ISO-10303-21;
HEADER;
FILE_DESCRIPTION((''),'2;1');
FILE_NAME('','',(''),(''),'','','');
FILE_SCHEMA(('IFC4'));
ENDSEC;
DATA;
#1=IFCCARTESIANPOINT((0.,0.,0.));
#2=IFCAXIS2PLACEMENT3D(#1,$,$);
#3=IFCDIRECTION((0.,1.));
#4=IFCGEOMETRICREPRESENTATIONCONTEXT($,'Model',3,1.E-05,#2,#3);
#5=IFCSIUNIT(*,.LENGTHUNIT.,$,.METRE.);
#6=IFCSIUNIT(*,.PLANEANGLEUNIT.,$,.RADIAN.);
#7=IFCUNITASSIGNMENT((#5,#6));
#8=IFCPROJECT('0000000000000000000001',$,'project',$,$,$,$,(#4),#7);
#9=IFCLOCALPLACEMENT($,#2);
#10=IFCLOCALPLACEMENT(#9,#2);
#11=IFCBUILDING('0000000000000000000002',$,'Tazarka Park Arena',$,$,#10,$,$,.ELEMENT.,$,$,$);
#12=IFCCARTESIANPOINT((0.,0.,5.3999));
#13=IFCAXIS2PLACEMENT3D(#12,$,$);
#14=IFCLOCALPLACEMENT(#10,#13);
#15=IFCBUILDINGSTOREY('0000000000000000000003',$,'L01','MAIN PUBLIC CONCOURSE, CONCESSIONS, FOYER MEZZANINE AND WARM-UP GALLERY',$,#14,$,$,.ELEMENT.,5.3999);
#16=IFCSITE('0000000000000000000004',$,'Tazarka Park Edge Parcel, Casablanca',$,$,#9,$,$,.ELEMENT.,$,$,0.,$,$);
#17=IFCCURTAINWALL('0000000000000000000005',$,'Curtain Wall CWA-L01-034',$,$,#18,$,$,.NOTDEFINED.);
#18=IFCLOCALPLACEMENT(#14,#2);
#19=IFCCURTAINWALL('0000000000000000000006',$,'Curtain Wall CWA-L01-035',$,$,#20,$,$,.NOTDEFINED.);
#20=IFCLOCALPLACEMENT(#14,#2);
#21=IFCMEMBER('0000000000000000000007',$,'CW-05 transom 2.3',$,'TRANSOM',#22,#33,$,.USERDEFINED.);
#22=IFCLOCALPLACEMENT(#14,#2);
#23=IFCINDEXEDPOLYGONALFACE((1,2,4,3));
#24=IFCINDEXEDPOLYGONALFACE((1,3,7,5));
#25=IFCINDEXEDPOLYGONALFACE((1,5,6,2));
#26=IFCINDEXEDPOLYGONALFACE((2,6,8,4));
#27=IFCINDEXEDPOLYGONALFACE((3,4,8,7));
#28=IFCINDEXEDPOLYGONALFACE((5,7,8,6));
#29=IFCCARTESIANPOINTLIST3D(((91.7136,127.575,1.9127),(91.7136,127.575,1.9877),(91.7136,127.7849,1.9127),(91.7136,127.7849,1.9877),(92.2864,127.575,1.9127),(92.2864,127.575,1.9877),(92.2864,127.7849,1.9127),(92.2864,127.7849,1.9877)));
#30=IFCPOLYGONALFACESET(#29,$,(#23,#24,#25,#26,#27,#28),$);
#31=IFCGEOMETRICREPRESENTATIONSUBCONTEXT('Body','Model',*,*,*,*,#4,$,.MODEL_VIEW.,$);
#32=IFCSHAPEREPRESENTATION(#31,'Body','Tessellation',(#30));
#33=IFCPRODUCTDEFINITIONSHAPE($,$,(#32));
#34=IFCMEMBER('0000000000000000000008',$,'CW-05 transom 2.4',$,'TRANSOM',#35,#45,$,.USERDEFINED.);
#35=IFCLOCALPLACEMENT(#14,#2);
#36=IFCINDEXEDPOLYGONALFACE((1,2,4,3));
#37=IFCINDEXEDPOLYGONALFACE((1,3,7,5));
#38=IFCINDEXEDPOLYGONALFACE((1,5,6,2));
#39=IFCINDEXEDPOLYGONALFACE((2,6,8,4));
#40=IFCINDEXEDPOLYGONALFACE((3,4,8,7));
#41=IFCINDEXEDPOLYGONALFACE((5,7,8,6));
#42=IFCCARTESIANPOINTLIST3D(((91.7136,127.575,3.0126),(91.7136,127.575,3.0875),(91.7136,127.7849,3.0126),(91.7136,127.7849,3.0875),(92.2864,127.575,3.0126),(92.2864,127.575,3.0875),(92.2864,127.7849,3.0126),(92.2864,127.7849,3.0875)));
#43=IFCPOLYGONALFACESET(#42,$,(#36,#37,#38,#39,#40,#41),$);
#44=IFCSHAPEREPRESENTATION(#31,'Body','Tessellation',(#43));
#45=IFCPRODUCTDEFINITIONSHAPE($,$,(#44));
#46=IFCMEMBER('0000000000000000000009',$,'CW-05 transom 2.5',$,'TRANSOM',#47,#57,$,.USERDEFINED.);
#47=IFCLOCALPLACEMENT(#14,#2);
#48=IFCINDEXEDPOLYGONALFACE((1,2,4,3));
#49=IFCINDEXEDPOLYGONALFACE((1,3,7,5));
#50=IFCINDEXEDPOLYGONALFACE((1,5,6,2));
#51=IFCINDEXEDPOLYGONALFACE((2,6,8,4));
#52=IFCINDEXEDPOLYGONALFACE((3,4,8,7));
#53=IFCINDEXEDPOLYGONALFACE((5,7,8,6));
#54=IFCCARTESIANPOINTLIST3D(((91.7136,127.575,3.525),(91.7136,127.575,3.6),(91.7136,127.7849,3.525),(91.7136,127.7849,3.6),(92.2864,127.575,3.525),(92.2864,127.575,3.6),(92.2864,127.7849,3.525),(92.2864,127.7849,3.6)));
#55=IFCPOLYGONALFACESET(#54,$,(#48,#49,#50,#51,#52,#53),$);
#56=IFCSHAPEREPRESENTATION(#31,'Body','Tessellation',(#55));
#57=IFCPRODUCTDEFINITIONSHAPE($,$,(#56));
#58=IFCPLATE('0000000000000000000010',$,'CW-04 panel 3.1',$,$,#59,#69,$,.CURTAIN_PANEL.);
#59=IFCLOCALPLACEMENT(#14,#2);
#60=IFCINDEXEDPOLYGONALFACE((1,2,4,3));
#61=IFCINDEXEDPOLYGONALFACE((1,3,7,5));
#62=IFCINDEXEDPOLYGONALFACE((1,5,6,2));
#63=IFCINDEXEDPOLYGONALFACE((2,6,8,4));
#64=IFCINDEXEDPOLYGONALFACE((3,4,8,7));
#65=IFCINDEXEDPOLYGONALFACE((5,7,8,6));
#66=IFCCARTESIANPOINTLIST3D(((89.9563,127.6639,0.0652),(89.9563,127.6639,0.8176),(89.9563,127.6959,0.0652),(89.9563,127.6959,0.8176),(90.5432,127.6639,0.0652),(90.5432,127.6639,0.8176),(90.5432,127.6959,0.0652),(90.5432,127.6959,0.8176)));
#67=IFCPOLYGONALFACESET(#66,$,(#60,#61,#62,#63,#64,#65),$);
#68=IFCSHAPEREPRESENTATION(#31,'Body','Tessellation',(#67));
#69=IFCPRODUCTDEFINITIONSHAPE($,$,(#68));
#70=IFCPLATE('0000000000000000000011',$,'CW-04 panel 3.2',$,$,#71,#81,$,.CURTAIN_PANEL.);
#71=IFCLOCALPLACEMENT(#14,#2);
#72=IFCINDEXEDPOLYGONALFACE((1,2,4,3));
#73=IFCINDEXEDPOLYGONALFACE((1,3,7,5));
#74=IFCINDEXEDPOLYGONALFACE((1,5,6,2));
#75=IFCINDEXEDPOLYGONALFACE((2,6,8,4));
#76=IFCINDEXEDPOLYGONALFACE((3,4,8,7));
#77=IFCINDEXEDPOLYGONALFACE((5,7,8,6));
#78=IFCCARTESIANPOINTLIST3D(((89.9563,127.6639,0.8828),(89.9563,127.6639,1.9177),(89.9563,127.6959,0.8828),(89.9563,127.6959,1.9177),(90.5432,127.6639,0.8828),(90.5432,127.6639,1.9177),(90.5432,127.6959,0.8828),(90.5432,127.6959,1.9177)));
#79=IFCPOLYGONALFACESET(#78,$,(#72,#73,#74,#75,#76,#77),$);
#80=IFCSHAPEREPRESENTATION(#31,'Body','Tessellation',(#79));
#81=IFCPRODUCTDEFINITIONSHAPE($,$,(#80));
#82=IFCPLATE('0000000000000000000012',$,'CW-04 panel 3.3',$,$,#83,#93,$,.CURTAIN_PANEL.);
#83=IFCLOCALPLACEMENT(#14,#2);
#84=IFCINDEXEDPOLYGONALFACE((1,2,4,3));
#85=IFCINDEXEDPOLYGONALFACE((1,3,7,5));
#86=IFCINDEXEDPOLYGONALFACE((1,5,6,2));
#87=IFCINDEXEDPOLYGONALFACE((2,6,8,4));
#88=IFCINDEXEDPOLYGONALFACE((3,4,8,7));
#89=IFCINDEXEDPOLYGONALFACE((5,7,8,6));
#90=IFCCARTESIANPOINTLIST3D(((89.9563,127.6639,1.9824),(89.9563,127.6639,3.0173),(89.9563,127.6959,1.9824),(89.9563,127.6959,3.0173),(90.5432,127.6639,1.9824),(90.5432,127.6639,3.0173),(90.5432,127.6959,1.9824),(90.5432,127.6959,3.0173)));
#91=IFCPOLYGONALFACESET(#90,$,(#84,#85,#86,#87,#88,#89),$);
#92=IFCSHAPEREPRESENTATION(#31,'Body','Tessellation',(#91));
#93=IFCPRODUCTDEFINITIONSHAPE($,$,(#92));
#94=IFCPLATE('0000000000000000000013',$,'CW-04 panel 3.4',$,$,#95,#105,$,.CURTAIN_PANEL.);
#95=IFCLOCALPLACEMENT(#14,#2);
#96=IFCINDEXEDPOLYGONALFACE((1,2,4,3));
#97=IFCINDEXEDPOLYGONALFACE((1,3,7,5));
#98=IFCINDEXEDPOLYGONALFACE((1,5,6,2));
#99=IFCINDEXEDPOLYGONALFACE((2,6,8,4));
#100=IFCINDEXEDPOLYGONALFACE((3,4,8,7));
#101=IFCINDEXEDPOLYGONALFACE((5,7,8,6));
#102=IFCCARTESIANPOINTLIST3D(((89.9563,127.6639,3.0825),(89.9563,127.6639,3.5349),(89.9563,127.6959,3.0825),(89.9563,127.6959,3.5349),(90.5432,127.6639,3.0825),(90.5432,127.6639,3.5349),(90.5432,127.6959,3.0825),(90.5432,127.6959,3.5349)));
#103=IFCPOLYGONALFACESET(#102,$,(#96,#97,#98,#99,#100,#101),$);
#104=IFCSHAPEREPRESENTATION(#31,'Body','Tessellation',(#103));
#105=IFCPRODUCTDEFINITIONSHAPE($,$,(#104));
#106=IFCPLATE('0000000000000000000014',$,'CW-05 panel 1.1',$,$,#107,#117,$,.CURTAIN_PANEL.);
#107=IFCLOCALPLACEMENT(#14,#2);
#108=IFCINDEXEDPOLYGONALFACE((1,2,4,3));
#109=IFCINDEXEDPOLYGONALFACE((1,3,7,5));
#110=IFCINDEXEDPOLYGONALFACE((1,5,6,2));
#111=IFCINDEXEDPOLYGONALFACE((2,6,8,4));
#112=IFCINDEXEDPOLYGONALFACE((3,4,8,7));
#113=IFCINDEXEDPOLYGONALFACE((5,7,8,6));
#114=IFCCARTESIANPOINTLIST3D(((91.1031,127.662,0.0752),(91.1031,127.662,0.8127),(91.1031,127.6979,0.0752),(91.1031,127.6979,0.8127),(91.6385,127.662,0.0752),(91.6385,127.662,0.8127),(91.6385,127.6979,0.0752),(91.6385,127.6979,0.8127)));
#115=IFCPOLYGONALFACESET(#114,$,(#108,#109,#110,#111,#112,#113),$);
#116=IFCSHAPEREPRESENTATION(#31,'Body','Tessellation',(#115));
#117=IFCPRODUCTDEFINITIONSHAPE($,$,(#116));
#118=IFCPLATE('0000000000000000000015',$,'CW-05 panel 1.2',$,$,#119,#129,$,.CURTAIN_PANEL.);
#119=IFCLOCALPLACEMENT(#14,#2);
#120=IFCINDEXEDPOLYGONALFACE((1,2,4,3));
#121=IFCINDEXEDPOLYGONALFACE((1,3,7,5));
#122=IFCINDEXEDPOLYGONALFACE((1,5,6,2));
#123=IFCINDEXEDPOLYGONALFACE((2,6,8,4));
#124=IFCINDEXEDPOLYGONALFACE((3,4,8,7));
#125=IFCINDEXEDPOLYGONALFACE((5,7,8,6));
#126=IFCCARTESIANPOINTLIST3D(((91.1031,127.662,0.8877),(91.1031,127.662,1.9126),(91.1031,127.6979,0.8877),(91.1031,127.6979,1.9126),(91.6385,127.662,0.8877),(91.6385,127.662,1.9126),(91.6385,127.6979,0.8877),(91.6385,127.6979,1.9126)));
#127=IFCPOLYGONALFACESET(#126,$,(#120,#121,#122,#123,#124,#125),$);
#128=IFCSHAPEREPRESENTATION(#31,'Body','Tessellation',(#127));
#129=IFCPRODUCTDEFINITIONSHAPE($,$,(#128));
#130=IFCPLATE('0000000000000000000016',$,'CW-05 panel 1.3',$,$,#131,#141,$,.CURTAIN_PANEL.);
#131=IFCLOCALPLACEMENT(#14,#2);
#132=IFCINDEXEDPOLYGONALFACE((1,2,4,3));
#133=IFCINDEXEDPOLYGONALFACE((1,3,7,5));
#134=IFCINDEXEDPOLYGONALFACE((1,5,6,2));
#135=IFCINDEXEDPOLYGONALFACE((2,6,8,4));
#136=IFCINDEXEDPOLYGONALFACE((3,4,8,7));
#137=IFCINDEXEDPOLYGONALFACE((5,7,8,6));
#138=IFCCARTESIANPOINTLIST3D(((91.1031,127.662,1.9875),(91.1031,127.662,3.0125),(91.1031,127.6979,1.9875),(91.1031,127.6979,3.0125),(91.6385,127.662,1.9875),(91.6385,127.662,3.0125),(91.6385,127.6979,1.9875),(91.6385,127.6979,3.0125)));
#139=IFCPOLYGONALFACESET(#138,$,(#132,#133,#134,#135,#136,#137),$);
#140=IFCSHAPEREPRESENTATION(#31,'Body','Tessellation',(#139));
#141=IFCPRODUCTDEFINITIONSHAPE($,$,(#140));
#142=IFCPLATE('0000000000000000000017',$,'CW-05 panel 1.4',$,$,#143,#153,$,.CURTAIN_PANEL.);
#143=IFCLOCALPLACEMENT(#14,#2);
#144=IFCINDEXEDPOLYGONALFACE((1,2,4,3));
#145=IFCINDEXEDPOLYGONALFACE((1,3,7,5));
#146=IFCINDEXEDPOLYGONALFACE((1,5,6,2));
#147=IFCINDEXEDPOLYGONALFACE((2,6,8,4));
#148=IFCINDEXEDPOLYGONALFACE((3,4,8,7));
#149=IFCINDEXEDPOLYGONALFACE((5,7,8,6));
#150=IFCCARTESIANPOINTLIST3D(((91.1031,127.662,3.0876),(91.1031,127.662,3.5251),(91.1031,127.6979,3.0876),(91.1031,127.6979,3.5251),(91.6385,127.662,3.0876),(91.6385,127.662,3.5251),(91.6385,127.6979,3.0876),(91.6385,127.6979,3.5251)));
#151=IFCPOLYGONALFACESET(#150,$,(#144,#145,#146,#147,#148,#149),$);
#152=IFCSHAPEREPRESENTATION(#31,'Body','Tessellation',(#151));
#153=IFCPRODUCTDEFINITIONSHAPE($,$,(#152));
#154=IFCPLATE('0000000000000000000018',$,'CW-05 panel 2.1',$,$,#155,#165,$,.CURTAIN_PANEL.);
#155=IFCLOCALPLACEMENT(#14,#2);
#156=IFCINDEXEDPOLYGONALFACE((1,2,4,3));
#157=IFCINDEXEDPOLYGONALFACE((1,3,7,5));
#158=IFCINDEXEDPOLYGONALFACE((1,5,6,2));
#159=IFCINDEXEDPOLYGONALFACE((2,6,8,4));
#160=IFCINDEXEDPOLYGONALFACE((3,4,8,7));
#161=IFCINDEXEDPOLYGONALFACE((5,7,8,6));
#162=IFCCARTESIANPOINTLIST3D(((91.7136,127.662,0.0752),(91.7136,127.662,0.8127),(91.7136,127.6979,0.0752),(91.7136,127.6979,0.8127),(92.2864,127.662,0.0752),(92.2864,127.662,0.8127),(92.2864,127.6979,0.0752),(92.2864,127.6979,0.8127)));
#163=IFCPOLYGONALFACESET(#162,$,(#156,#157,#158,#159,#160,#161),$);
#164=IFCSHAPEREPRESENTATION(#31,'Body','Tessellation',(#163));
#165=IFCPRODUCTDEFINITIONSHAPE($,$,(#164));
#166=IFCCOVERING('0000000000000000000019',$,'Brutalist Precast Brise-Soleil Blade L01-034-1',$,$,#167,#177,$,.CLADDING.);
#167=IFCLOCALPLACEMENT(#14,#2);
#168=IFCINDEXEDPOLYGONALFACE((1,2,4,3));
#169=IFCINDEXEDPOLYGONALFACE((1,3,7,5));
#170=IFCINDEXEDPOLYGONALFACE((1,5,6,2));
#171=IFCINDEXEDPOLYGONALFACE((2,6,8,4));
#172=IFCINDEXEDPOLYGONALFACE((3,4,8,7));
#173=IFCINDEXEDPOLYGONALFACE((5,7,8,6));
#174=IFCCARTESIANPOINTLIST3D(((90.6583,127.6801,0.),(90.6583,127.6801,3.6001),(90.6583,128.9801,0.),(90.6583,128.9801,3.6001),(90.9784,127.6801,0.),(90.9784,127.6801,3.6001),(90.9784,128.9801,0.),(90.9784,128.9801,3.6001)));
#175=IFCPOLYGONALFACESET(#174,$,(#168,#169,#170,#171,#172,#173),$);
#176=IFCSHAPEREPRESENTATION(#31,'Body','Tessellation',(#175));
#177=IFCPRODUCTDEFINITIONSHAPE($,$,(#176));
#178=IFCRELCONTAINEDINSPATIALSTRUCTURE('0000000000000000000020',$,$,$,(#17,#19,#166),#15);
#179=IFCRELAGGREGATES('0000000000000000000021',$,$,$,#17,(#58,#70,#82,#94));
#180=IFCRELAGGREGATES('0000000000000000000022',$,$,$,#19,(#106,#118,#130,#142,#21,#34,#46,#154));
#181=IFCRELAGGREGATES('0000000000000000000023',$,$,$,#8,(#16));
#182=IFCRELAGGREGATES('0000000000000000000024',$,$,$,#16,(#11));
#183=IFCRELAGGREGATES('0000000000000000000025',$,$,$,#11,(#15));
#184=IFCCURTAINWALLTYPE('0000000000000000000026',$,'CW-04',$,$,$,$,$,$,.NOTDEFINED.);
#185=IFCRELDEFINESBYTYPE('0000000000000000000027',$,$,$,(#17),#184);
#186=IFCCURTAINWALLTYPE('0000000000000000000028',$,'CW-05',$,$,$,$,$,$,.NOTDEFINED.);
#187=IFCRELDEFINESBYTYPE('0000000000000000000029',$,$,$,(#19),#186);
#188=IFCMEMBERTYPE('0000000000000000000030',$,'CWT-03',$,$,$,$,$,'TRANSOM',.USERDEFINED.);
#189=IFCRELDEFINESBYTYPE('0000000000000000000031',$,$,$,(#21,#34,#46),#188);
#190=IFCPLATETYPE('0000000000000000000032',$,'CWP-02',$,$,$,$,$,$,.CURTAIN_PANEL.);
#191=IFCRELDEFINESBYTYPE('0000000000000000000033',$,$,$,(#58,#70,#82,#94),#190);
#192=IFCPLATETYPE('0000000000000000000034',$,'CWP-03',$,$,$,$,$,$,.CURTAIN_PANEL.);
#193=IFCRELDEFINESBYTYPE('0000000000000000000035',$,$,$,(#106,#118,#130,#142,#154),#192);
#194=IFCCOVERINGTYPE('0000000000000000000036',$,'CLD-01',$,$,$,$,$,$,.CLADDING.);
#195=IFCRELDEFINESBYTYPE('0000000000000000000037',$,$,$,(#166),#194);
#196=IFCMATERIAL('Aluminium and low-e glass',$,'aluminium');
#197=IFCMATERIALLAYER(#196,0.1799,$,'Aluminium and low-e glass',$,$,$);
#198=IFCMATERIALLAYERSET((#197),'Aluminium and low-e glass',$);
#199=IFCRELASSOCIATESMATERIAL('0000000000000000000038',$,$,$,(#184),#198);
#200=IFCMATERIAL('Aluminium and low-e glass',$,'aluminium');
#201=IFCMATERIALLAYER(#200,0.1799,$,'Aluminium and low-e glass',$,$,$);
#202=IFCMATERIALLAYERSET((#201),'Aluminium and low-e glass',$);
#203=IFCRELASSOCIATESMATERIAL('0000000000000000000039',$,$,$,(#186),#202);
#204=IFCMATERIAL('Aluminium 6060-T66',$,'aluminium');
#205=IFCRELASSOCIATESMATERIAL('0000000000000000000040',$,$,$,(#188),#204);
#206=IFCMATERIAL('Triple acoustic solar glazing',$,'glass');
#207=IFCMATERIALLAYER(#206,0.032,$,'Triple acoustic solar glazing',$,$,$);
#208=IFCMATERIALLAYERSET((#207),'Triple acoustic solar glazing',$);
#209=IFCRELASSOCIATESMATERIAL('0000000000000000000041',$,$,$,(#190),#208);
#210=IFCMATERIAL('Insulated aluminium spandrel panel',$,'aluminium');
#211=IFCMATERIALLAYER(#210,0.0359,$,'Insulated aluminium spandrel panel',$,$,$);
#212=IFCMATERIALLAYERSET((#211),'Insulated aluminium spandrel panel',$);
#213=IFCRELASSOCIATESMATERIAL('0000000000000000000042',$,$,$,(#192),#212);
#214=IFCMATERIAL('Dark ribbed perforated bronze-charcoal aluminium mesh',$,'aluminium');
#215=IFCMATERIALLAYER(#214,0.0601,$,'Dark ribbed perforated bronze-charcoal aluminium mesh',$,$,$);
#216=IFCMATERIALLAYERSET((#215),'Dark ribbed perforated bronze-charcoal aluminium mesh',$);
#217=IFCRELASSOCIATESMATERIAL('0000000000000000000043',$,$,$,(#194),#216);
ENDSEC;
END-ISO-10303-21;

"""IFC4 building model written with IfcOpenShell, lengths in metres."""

from ifc_helpers import new_model, si_unit, direction, frame, origin, origin_2d, place, context, subcontext, project, spatial, rectangle, extrude, material, layer, layer_set, material_profile, profile_set, type_object, element, aggregate, save


model = new_model("IFC4")

# Units and contexts
model_context = context("Model", 3, precision=1e-05, world=origin(), true_north=direction((0.0, 1.0)))
body_context = subcontext(model_context, "Body", "Model", "MODEL_VIEW")
ifc_project = project(units=[si_unit("LENGTHUNIT", "METRE"), si_unit("PLANEANGLEUNIT", "RADIAN")], contexts=[model_context])

# Site, building, storey
site_placement = place(None, origin())
site = spatial("IfcSite", under=ifc_project, at=site_placement, Name="Tazarka Park Edge Parcel, Casablanca", CompositionType="ELEMENT", RefElevation=0.0)
building_placement = place(site_placement, origin())
building = spatial("IfcBuilding", under=site, at=building_placement, Name="Tazarka Park Arena", CompositionType="ELEMENT")
storey_placement = place(building_placement, frame((0.0, 0.0, 5.3999)))
storey = spatial("IfcBuildingStorey", under=building, at=storey_placement, Name="L01", Description="MAIN PUBLIC CONCOURSE, CONCESSIONS, FOYER MEZZANINE AND WARM-UP GALLERY", CompositionType="ELEMENT", Elevation=5.3999)

# Curtain wall
ifc_material_1 = material(Name="Aluminium and low-e glass", Category="aluminium")
ifc_layer_1 = layer(ifc_material_1, 0.1799, Name="Aluminium and low-e glass")
ifc_layer_set_1 = layer_set([ifc_layer_1], Name="Aluminium and low-e glass")
curtain_wall_type_1 = type_object("IfcCurtainWallType", Name="CW-04", PredefinedType="NOTDEFINED", material=ifc_layer_set_1)
curtain_wall_1_placement = place(storey_placement, origin())
curtain_wall_1 = element("IfcCurtainWall", 1, at=curtain_wall_1_placement, inside=storey, type_object=curtain_wall_type_1, Name="Curtain Wall CWA-L01-034", PredefinedType="NOTDEFINED")

# Curtain wall
ifc_material_2 = material(Name="Aluminium and low-e glass", Category="aluminium")
ifc_layer_2 = layer(ifc_material_2, 0.1799, Name="Aluminium and low-e glass")
ifc_layer_set_2 = layer_set([ifc_layer_2], Name="Aluminium and low-e glass")
curtain_wall_type_2 = type_object("IfcCurtainWallType", Name="CW-05", PredefinedType="NOTDEFINED", material=ifc_layer_set_2)
curtain_wall_2_placement = place(storey_placement, origin())
curtain_wall_2 = element("IfcCurtainWall", 2, at=curtain_wall_2_placement, inside=storey, type_object=curtain_wall_type_2, Name="Curtain Wall CWA-L01-035", PredefinedType="NOTDEFINED")

# Members
ifc_material_3 = material(Name="Aluminium 6060-T66", Category="aluminium")
ifc_material_profile_1 = material_profile(ifc_material_3, rectangle(XDim=0.21, YDim=0.075, at=origin_2d()), Name="Aluminium 6060-T66")
ifc_profile_set_1 = profile_set([ifc_material_profile_1], Name="Aluminium 6060-T66")
member_type_1 = type_object("IfcMemberType", Name="CWT-03", ElementType="TRANSOM", PredefinedType="USERDEFINED", material=ifc_profile_set_1)
member_1_placement = place(storey_placement, frame((91.7136, 127.6799, 1.9502), z_axis=(1.0, 0.0, 0.0), x_axis=(0.0, 1.0, 0.0)))
member_1 = element("IfcMember", 3, at=member_1_placement, type_object=member_type_1, Name="CW-05 transom 2.3", ObjectType="TRANSOM", PredefinedType="USERDEFINED", context=body_context, shape_type="SweptSolid", body=[
    extrude(rectangle(XDim=0.21, YDim=0.075, at=origin_2d()), origin(), (0.0, 0.0, 1.0), 0.5728),
])
member_2_placement = place(storey_placement, frame((91.7136, 127.6799, 3.05), z_axis=(1.0, 0.0, 0.0), x_axis=(0.0, 1.0, 0.0)))
member_2 = element("IfcMember", 4, at=member_2_placement, type_object=member_type_1, Name="CW-05 transom 2.4", ObjectType="TRANSOM", PredefinedType="USERDEFINED", context=body_context, shape_type="SweptSolid", body=[
    extrude(rectangle(XDim=0.21, YDim=0.075, at=origin_2d()), origin(), (0.0, 0.0, 1.0), 0.5728),
])
member_3_placement = place(storey_placement, frame((91.7136, 127.6799, 3.5625), z_axis=(1.0, 0.0, 0.0), x_axis=(0.0, 1.0, 0.0)))
member_3 = element("IfcMember", 5, at=member_3_placement, type_object=member_type_1, Name="CW-05 transom 2.5", ObjectType="TRANSOM", PredefinedType="USERDEFINED", context=body_context, shape_type="SweptSolid", body=[
    extrude(rectangle(XDim=0.21, YDim=0.075, at=origin_2d()), origin(), (0.0, 0.0, 1.0), 0.5728),
])

# Plates
ifc_material_4 = material(Name="Triple acoustic solar glazing", Category="glass")
ifc_layer_3 = layer(ifc_material_4, 0.032, Name="Triple acoustic solar glazing")
ifc_layer_set_3 = layer_set([ifc_layer_3], Name="Triple acoustic solar glazing")
plate_type_1 = type_object("IfcPlateType", Name="CWP-02", PredefinedType="CURTAIN_PANEL", material=ifc_layer_set_3)
plate_1_placement = place(storey_placement, frame((90.2498, 127.6799, 0.0652), z_axis=(0.0, 0.0, 1.0), x_axis=(1.0, 0.0, 0.0)))
plate_1 = element("IfcPlate", 6, at=plate_1_placement, type_object=plate_type_1, Name="CW-04 panel 3.1", PredefinedType="CURTAIN_PANEL", context=body_context, shape_type="SweptSolid", body=[
    extrude(rectangle(XDim=0.5869, YDim=0.032, at=origin_2d()), origin(), (0.0, 0.0, 1.0), 0.7524),
])
plate_2_placement = place(storey_placement, frame((90.2498, 127.6799, 0.8828), z_axis=(0.0, 0.0, 1.0), x_axis=(1.0, 0.0, 0.0)))
plate_2 = element("IfcPlate", 7, at=plate_2_placement, type_object=plate_type_1, Name="CW-04 panel 3.2", PredefinedType="CURTAIN_PANEL", context=body_context, shape_type="SweptSolid", body=[
    extrude(rectangle(XDim=0.5869, YDim=0.032, at=origin_2d()), origin(), (0.0, 0.0, 1.0), 1.0349),
])
plate_3_placement = place(storey_placement, frame((90.2498, 127.6799, 1.9824), z_axis=(0.0, 0.0, 1.0), x_axis=(1.0, 0.0, 0.0)))
plate_3 = element("IfcPlate", 8, at=plate_3_placement, type_object=plate_type_1, Name="CW-04 panel 3.3", PredefinedType="CURTAIN_PANEL", context=body_context, shape_type="SweptSolid", body=[
    extrude(rectangle(XDim=0.5869, YDim=0.032, at=origin_2d()), origin(), (0.0, 0.0, 1.0), 1.0349),
])
plate_4_placement = place(storey_placement, frame((90.2498, 127.6799, 3.0825), z_axis=(0.0, 0.0, 1.0), x_axis=(1.0, 0.0, 0.0)))
plate_4 = element("IfcPlate", 9, at=plate_4_placement, type_object=plate_type_1, Name="CW-04 panel 3.4", PredefinedType="CURTAIN_PANEL", context=body_context, shape_type="SweptSolid", body=[
    extrude(rectangle(XDim=0.5869, YDim=0.032, at=origin_2d()), origin(), (0.0, 0.0, 1.0), 0.4524),
])
aggregate(curtain_wall_1, [plate_1, plate_2, plate_3, plate_4])
ifc_material_5 = material(Name="Insulated aluminium spandrel panel", Category="aluminium")
ifc_layer_4 = layer(ifc_material_5, 0.0359, Name="Insulated aluminium spandrel panel")
ifc_layer_set_4 = layer_set([ifc_layer_4], Name="Insulated aluminium spandrel panel")
plate_type_2 = type_object("IfcPlateType", Name="CWP-03", PredefinedType="CURTAIN_PANEL", material=ifc_layer_set_4)
plate_5_placement = place(storey_placement, frame((91.3708, 127.6799, 0.0752), z_axis=(0.0, 0.0, 1.0), x_axis=(1.0, 0.0, 0.0)))
plate_5 = element("IfcPlate", 10, at=plate_5_placement, type_object=plate_type_2, Name="CW-05 panel 1.1", PredefinedType="CURTAIN_PANEL", context=body_context, shape_type="SweptSolid", body=[
    extrude(rectangle(XDim=0.5354, YDim=0.0359, at=origin_2d()), origin(), (0.0, 0.0, 1.0), 0.7375),
])
plate_6_placement = place(storey_placement, frame((91.3708, 127.6799, 0.8877), z_axis=(0.0, 0.0, 1.0), x_axis=(1.0, 0.0, 0.0)))
plate_6 = element("IfcPlate", 11, at=plate_6_placement, type_object=plate_type_2, Name="CW-05 panel 1.2", PredefinedType="CURTAIN_PANEL", context=body_context, shape_type="SweptSolid", body=[
    extrude(rectangle(XDim=0.5354, YDim=0.0359, at=origin_2d()), origin(), (0.0, 0.0, 1.0), 1.0249),
])
plate_7_placement = place(storey_placement, frame((91.3708, 127.6799, 1.9875), z_axis=(0.0, 0.0, 1.0), x_axis=(1.0, 0.0, 0.0)))
plate_7 = element("IfcPlate", 12, at=plate_7_placement, type_object=plate_type_2, Name="CW-05 panel 1.3", PredefinedType="CURTAIN_PANEL", context=body_context, shape_type="SweptSolid", body=[
    extrude(rectangle(XDim=0.5354, YDim=0.0359, at=origin_2d()), origin(), (0.0, 0.0, 1.0), 1.0249),
])
plate_8_placement = place(storey_placement, frame((91.3708, 127.6799, 3.0876), z_axis=(0.0, 0.0, 1.0), x_axis=(1.0, 0.0, 0.0)))
plate_8 = element("IfcPlate", 13, at=plate_8_placement, type_object=plate_type_2, Name="CW-05 panel 1.4", PredefinedType="CURTAIN_PANEL", context=body_context, shape_type="SweptSolid", body=[
    extrude(rectangle(XDim=0.5354, YDim=0.0359, at=origin_2d()), origin(), (0.0, 0.0, 1.0), 0.4375),
])
plate_9_placement = place(storey_placement, frame((92.0, 127.6799, 0.0752), z_axis=(0.0, 0.0, 1.0), x_axis=(1.0, 0.0, 0.0)))
plate_9 = element("IfcPlate", 14, at=plate_9_placement, type_object=plate_type_2, Name="CW-05 panel 2.1", PredefinedType="CURTAIN_PANEL", context=body_context, shape_type="SweptSolid", body=[
    extrude(rectangle(XDim=0.5728, YDim=0.0359, at=origin_2d()), origin(), (0.0, 0.0, 1.0), 0.7375),
])
aggregate(curtain_wall_2, [plate_5, plate_6, plate_7, plate_8, member_1, member_2, member_3, plate_9])

# Covering
ifc_material_6 = material(Name="Dark ribbed perforated bronze-charcoal aluminium mesh", Category="aluminium")
ifc_layer_5 = layer(ifc_material_6, 0.0601, Name="Dark ribbed perforated bronze-charcoal aluminium mesh")
ifc_layer_set_5 = layer_set([ifc_layer_5], Name="Dark ribbed perforated bronze-charcoal aluminium mesh")
covering_type = type_object("IfcCoveringType", Name="CLD-01", PredefinedType="CLADDING", material=ifc_layer_set_5)
covering_placement = place(storey_placement, frame((90.8184, 128.3301, 0.0), z_axis=(0.0, 0.0, 1.0), x_axis=(1.0, 0.0, 0.0)))
element("IfcCovering", 15, at=covering_placement, inside=storey, type_object=covering_type, Name="Brutalist Precast Brise-Soleil Blade L01-034-1", PredefinedType="CLADDING", context=body_context, shape_type="SweptSolid", body=[
    extrude(rectangle(XDim=0.3201, YDim=1.3, at=origin_2d()), origin(), (0.0, 0.0, 1.0), 3.6001),
])

save(model, "model.ifc")
